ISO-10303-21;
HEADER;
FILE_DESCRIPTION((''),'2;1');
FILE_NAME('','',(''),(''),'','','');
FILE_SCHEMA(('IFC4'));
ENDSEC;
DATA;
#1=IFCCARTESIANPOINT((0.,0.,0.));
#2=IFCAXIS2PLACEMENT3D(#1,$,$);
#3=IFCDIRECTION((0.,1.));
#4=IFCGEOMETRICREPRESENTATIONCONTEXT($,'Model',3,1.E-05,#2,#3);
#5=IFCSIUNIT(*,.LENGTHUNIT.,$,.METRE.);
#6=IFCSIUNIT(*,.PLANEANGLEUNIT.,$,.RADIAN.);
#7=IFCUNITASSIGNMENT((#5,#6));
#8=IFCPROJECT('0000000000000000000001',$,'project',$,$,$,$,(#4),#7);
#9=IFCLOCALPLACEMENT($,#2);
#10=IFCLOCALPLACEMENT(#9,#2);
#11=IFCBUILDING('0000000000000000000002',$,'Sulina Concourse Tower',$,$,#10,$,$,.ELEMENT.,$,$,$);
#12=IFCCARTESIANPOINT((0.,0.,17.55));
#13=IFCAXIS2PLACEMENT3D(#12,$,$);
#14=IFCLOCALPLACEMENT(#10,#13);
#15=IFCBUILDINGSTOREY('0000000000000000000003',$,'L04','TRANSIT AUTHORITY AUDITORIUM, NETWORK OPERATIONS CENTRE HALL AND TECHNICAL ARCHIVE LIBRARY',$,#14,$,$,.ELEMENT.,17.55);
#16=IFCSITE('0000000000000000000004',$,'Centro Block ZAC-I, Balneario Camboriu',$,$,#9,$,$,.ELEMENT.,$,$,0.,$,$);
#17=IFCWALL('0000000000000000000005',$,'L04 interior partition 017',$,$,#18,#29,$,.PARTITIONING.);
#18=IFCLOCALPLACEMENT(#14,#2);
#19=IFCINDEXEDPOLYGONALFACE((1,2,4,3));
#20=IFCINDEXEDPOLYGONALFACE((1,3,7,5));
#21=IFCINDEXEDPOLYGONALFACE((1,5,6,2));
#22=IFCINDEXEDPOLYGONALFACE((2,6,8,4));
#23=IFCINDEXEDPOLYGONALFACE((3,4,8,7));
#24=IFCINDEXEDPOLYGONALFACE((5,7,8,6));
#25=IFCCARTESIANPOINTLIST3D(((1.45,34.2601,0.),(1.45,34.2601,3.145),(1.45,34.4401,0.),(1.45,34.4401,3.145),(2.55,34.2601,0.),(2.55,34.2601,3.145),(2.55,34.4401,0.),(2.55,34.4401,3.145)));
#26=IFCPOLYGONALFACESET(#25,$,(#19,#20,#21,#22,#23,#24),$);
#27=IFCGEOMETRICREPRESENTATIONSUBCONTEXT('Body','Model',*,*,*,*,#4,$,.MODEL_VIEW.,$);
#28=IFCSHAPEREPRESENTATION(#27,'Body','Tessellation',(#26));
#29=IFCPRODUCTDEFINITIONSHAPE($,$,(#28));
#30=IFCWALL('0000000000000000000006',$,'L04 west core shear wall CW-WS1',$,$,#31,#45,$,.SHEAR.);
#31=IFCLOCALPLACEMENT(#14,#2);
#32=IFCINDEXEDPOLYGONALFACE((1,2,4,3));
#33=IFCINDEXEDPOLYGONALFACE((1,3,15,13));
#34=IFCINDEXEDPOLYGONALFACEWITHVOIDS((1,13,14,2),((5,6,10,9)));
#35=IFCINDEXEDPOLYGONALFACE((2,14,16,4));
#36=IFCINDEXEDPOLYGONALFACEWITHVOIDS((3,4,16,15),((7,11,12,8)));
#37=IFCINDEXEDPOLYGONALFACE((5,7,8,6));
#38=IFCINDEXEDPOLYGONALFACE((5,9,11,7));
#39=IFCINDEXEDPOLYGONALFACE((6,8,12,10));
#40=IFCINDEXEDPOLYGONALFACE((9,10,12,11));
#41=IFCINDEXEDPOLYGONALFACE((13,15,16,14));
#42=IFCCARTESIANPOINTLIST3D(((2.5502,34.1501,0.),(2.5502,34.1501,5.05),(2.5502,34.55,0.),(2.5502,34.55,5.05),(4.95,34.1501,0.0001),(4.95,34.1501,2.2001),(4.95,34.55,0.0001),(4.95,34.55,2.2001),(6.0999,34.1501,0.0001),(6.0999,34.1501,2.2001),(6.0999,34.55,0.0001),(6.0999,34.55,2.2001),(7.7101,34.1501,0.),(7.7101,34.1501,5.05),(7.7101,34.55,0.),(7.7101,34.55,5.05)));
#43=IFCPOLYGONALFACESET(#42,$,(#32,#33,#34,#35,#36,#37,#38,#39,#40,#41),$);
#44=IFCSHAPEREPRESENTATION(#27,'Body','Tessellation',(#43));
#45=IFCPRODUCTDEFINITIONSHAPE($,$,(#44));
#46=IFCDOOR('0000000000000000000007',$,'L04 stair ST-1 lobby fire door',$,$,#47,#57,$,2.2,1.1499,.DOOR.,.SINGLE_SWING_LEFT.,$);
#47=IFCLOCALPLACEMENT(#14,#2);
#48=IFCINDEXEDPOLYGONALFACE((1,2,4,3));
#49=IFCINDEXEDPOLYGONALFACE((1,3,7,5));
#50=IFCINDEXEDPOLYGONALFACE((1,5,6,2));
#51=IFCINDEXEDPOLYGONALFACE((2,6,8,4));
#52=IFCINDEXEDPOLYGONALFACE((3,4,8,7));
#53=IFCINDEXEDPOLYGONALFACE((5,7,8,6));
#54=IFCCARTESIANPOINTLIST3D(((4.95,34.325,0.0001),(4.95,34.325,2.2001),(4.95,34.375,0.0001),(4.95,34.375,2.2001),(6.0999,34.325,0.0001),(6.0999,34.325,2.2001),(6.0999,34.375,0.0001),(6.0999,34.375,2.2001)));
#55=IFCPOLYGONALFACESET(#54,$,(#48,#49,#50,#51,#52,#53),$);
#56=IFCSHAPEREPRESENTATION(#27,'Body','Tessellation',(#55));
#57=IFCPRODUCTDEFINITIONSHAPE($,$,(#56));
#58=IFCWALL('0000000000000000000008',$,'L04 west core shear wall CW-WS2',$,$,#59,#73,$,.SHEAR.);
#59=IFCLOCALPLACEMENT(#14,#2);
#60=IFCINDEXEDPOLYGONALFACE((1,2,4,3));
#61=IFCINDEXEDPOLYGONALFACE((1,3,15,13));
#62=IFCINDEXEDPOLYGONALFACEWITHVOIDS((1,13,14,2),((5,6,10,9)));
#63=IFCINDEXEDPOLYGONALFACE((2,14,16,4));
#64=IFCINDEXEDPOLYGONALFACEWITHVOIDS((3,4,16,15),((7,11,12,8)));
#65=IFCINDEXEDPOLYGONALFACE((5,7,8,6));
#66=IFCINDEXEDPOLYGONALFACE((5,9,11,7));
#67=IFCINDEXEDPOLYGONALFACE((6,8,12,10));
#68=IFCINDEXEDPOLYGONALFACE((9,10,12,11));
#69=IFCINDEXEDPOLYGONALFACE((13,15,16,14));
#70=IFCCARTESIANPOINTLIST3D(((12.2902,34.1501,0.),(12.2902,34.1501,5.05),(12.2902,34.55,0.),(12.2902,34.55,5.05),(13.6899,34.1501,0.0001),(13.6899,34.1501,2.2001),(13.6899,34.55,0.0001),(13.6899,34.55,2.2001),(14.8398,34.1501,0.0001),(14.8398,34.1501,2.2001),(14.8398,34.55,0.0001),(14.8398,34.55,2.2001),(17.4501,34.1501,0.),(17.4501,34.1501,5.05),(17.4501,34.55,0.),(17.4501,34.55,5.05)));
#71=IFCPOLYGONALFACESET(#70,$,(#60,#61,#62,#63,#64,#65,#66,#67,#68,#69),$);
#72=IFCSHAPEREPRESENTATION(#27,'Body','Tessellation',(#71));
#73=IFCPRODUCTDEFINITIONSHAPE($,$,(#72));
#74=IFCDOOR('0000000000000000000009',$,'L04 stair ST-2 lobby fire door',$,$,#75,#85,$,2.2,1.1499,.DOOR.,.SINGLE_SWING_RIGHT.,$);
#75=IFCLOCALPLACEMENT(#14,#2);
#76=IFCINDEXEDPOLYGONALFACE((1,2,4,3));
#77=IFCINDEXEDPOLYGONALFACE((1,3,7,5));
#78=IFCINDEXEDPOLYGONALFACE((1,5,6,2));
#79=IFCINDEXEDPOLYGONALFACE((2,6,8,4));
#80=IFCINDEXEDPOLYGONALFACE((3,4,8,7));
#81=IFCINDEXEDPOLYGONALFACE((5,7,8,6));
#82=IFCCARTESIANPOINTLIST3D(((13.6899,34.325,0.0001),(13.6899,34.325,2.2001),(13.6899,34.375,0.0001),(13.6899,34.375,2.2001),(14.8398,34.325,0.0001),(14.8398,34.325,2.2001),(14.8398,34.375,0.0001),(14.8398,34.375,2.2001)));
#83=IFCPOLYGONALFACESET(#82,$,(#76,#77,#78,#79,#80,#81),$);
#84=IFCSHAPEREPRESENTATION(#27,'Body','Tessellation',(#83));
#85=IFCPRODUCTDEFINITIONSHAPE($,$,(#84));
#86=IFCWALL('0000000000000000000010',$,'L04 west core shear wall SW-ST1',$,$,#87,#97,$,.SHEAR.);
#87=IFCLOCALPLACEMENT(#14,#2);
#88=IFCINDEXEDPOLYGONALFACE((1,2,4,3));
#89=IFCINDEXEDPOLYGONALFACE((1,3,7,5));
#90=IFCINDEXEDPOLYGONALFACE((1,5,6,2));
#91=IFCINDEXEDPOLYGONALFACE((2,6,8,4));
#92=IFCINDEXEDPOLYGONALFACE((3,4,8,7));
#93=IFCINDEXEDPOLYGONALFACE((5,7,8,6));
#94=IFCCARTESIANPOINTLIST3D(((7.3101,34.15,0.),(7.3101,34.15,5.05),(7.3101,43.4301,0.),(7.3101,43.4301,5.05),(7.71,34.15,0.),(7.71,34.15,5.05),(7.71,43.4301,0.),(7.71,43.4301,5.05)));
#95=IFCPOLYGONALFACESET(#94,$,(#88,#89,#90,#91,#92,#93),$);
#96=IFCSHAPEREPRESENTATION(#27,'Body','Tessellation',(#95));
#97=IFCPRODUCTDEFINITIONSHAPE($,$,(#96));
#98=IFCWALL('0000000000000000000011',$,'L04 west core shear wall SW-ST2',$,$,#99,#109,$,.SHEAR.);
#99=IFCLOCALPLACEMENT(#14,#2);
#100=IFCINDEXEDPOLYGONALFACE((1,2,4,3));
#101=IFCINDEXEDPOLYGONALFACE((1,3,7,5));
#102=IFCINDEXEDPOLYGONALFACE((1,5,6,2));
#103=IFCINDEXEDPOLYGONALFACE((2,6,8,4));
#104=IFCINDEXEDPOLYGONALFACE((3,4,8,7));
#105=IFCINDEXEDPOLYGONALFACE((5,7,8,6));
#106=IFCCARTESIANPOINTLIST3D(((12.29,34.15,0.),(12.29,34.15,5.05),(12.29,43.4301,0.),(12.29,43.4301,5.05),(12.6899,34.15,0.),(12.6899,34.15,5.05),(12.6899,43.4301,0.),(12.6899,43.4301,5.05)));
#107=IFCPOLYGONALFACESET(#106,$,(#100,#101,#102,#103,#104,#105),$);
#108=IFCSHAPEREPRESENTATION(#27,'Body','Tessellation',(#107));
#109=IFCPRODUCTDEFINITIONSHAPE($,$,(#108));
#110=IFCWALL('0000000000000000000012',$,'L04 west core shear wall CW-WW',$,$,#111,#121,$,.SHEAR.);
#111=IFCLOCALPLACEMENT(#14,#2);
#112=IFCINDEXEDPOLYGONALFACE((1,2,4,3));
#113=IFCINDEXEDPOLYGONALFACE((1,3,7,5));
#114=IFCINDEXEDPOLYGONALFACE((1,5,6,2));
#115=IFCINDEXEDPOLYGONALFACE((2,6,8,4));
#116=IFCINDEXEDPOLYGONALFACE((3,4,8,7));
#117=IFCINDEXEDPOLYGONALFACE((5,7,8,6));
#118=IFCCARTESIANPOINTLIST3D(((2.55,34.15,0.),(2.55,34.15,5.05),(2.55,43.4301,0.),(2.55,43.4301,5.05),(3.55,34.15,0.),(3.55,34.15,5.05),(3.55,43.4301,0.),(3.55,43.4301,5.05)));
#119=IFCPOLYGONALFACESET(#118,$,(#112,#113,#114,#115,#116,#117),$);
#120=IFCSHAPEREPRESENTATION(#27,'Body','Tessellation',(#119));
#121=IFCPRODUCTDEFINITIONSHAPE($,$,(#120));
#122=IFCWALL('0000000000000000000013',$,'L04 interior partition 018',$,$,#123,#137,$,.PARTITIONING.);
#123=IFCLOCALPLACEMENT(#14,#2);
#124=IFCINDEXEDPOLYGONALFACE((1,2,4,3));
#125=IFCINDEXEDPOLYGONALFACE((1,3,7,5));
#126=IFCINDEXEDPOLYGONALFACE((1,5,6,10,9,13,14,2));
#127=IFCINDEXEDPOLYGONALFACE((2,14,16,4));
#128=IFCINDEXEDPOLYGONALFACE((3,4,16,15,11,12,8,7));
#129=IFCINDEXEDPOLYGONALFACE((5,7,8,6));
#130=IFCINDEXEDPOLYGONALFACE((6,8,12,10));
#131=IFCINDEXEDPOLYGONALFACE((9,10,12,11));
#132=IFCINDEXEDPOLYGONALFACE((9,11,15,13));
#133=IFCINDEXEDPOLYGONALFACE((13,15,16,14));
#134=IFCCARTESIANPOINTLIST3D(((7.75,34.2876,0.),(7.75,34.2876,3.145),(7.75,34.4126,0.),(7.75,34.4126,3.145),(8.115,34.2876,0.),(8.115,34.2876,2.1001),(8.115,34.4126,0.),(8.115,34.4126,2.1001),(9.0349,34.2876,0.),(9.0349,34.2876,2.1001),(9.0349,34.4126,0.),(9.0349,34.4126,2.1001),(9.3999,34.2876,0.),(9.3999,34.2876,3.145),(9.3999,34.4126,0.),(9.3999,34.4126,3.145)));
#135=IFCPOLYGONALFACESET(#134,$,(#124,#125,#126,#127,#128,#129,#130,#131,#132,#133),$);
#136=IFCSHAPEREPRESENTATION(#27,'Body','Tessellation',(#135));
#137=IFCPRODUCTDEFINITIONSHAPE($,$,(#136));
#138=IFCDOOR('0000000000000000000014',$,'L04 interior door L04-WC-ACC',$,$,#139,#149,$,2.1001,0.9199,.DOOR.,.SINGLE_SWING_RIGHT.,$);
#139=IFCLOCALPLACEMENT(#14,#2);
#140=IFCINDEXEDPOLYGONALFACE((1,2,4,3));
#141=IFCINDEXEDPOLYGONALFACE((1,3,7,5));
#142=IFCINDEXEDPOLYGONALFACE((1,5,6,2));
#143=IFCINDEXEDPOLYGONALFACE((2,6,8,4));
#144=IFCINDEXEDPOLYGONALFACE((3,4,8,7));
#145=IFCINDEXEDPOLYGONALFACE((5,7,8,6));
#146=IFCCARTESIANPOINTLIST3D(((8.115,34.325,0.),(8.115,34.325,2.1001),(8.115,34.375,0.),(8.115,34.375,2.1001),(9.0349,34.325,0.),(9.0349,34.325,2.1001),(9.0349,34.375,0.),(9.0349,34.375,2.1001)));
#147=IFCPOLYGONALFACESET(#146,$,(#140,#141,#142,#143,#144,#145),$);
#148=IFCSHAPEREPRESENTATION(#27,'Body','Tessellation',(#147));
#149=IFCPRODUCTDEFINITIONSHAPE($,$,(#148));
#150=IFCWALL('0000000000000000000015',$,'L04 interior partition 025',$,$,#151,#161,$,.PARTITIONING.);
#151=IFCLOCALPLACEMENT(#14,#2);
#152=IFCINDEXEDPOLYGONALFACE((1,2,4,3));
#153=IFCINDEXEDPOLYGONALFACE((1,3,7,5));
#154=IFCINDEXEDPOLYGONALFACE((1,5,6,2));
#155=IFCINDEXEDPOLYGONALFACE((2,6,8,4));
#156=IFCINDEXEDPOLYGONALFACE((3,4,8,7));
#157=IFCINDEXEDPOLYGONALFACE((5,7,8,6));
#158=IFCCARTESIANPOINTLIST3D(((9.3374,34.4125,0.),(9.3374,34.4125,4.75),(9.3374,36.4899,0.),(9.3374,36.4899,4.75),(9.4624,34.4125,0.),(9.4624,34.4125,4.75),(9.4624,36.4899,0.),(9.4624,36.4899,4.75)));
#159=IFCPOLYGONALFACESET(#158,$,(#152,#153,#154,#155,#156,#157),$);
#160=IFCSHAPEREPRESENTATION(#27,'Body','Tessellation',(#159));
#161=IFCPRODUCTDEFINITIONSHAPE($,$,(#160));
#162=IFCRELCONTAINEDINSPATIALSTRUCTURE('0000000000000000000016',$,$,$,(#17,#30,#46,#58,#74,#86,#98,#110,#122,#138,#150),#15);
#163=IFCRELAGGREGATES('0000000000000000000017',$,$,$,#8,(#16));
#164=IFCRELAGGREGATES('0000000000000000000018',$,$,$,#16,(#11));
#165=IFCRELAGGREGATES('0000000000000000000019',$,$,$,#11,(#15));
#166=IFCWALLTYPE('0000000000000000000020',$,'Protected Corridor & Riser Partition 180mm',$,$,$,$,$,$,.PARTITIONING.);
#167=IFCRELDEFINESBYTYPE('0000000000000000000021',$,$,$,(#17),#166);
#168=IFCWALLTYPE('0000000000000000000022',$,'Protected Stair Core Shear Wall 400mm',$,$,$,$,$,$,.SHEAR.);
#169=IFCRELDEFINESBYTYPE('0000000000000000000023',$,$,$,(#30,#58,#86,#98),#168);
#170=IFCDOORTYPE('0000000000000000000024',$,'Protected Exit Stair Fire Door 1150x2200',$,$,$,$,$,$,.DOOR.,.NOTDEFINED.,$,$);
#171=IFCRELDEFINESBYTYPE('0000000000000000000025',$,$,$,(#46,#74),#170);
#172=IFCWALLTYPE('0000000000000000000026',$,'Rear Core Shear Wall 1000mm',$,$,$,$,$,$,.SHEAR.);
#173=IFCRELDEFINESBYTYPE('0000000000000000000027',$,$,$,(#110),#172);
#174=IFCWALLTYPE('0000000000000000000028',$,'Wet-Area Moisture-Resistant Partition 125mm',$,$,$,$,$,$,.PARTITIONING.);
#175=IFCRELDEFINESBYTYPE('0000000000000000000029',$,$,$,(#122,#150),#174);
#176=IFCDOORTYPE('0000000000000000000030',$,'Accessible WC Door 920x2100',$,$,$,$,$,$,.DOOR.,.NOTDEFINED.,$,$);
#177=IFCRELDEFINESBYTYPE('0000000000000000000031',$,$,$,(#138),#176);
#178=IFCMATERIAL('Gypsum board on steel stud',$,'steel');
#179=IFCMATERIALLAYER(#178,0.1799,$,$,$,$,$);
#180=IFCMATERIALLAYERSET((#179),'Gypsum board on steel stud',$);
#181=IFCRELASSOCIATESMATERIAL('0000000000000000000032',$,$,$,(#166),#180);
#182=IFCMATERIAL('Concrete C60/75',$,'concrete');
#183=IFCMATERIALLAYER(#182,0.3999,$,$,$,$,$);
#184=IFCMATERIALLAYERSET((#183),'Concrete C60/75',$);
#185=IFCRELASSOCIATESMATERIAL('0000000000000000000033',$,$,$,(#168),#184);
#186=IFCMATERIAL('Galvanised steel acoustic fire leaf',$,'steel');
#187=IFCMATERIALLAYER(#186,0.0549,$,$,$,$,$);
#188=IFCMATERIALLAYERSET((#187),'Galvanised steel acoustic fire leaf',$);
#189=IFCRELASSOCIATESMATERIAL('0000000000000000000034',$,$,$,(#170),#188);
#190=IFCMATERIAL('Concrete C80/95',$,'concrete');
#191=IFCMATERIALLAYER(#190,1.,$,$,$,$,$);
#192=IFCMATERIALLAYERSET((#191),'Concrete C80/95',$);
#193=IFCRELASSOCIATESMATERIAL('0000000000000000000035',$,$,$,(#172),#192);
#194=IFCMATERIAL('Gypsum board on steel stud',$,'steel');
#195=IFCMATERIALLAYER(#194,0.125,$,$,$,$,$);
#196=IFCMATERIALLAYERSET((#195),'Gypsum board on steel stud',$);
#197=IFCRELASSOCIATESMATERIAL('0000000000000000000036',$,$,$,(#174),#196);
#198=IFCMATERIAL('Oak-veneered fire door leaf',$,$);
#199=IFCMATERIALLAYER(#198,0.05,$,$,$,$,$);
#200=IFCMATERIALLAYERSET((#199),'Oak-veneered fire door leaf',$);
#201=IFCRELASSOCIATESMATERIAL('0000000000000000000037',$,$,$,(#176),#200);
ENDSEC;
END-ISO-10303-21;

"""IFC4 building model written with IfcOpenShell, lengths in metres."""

from ifc_helpers import new_model, si_unit, direction, frame, frame_2d, origin, place, context, subcontext, project, spatial, rectangle, extrude, material, layer, layer_set, type_object, element, fill, save


model = new_model("IFC4")

# Units and contexts
model_context = context("Model", 3, precision=1e-05, world=origin(), true_north=direction((0.0, 1.0)))
body_context = subcontext(model_context, "Body", "Model", "MODEL_VIEW")
ifc_project = project(units=[si_unit("LENGTHUNIT", "METRE"), si_unit("PLANEANGLEUNIT", "RADIAN")], contexts=[model_context])

# Site, building, storey
site_placement = place(None, origin())
site = spatial("IfcSite", under=ifc_project, at=site_placement, Name="Centro Block ZAC-I, Balneario Camboriu", CompositionType="ELEMENT", RefElevation=0.0)
building_placement = place(site_placement, origin())
building = spatial("IfcBuilding", under=site, at=building_placement, Name="Sulina Concourse Tower", CompositionType="ELEMENT")
storey_placement = place(building_placement, frame((0.0, 0.0, 17.55)))
storey = spatial("IfcBuildingStorey", under=building, at=storey_placement, Name="L04", Description="TRANSIT AUTHORITY AUDITORIUM, NETWORK OPERATIONS CENTRE HALL AND TECHNICAL ARCHIVE LIBRARY", CompositionType="ELEMENT", Elevation=17.55)

# Wall
ifc_material_1 = material(Name="Gypsum board on steel stud", Category="steel")
ifc_layer_1 = layer(ifc_material_1, 0.1799)
ifc_layer_set_1 = layer_set([ifc_layer_1], Name="Gypsum board on steel stud")
wall_type_1 = type_object("IfcWallType", Name="Protected Corridor & Riser Partition 180mm", PredefinedType="PARTITIONING", material=ifc_layer_set_1)
wall_1_placement = place(storey_placement, frame((1.45, 34.3501, 0.0), z_axis=(0.0, 0.0, 1.0), x_axis=(1.0, 0.0, 0.0)))
element("IfcWall", 1, at=wall_1_placement, inside=storey, type_object=wall_type_1, Name="L04 interior partition 017", PredefinedType="PARTITIONING", context=body_context, shape_type="SweptSolid", body=[
    extrude(rectangle(XDim=1.1001, YDim=0.1799, at=frame_2d((0.55, 0.0))), origin(), (0.0, 0.0, 1.0), 3.145),
])

# Walls, openings, doors
ifc_material_2 = material(Name="Concrete C60/75", Category="concrete")
ifc_layer_2 = layer(ifc_material_2, 0.3999)
ifc_layer_set_2 = layer_set([ifc_layer_2], Name="Concrete C60/75")
wall_type_2 = type_object("IfcWallType", Name="Protected Stair Core Shear Wall 400mm", PredefinedType="SHEAR", material=ifc_layer_set_2)
wall_2_placement = place(storey_placement, frame((2.55, 34.3501, 0.0), z_axis=(0.0, 0.0, 1.0), x_axis=(1.0, 0.0, 0.0)))
wall_2 = element("IfcWall", 2, at=wall_2_placement, inside=storey, type_object=wall_type_2, Name="L04 west core shear wall CW-WS1", PredefinedType="SHEAR", context=body_context, shape_type="SweptSolid", body=[
    extrude(rectangle(XDim=5.1599, YDim=0.3999, at=frame_2d((2.5801, 0.0))), origin(), (0.0, 0.0, 1.0), 5.05),
])
opening_1_placement = place(wall_2_placement, frame((2.3999, 0.0, 0.0)))
opening_1 = element("IfcOpeningElement", 3, at=opening_1_placement, cuts=wall_2, PredefinedType="OPENING", context=body_context, shape_type="SweptSolid", body=[
    extrude(rectangle(XDim=1.1499, YDim=2.2, at=frame_2d((0.575, 1.1001))), frame((0.0, 0.21, 0.0), z_axis=(0.0, -1.0, 0.0), x_axis=(1.0, 0.0, 0.0)), (0.0, 0.0, 1.0), 0.4199),
])
ifc_material_3 = material(Name="Galvanised steel acoustic fire leaf", Category="steel")
ifc_layer_3 = layer(ifc_material_3, 0.0549)
ifc_layer_set_3 = layer_set([ifc_layer_3], Name="Galvanised steel acoustic fire leaf")
door_type_1 = type_object("IfcDoorType", Name="Protected Exit Stair Fire Door 1150x2200", OperationType="NOTDEFINED", PredefinedType="DOOR", material=ifc_layer_set_3)
door_1_placement = place(opening_1_placement, origin())
door_1 = element("IfcDoor", 4, at=door_1_placement, inside=storey, type_object=door_type_1, Name="L04 stair ST-1 lobby fire door", OperationType="SINGLE_SWING_LEFT", OverallHeight=2.2, OverallWidth=1.1499, PredefinedType="DOOR", context=body_context, shape_type="SweptSolid", body=[
    extrude(rectangle(XDim=1.1499, YDim=2.2, at=frame_2d((0.575, 1.1001))), frame((0.0, 0.0249, 0.0), z_axis=(0.0, -1.0, 0.0), x_axis=(1.0, 0.0, 0.0)), (0.0, 0.0, 1.0), 0.05),
])
fill(opening_1, door_1)
wall_3_placement = place(storey_placement, frame((12.29, 34.3501, 0.0), z_axis=(0.0, 0.0, 1.0), x_axis=(1.0, 0.0, 0.0)))
wall_3 = element("IfcWall", 5, at=wall_3_placement, inside=storey, type_object=wall_type_2, Name="L04 west core shear wall CW-WS2", PredefinedType="SHEAR", context=body_context, shape_type="SweptSolid", body=[
    extrude(rectangle(XDim=5.1599, YDim=0.3999, at=frame_2d((2.5801, 0.0))), origin(), (0.0, 0.0, 1.0), 5.05),
])
opening_2_placement = place(wall_3_placement, frame((1.3999, 0.0, 0.0)))
opening_2 = element("IfcOpeningElement", 6, at=opening_2_placement, cuts=wall_3, PredefinedType="OPENING", context=body_context, shape_type="SweptSolid", body=[
    extrude(rectangle(XDim=1.1499, YDim=2.2, at=frame_2d((0.575, 1.1001))), frame((0.0, 0.21, 0.0), z_axis=(0.0, -1.0, 0.0), x_axis=(1.0, 0.0, 0.0)), (0.0, 0.0, 1.0), 0.4199),
])
door_2_placement = place(opening_2_placement, origin())
door_2 = element("IfcDoor", 7, at=door_2_placement, inside=storey, type_object=door_type_1, Name="L04 stair ST-2 lobby fire door", OperationType="SINGLE_SWING_RIGHT", OverallHeight=2.2, OverallWidth=1.1499, PredefinedType="DOOR", context=body_context, shape_type="SweptSolid", body=[
    extrude(rectangle(XDim=1.1499, YDim=2.2, at=frame_2d((0.575, 1.1001))), frame((0.0, 0.0249, 0.0), z_axis=(0.0, -1.0, 0.0), x_axis=(1.0, 0.0, 0.0)), (0.0, 0.0, 1.0), 0.05),
])
fill(opening_2, door_2)

# Walls
for number, where, z_axis, x_axis, name in (
    (8, (7.51, 34.1499, 0.0), (0.0, 0.0, 1.0), (0.0, 1.0, 0.0), "L04 west core shear wall SW-ST1"),
    (9, (12.49, 34.1499, 0.0), (0.0, 0.0, 1.0), (0.0, 1.0, 0.0), "L04 west core shear wall SW-ST2"),
):
    element("IfcWall", number, at=place(storey_placement, frame(where, z_axis=z_axis, x_axis=x_axis)), inside=storey, type_object=wall_type_2, Name=name, PredefinedType="SHEAR", context=body_context, shape_type="SweptSolid", body=[
        extrude(rectangle(XDim=9.28, YDim=0.3999, at=frame_2d((4.6401, 0.0))), origin(), (0.0, 0.0, 1.0), 5.05),
    ])
ifc_material_4 = material(Name="Concrete C80/95", Category="concrete")
ifc_layer_4 = layer(ifc_material_4, 1.0)
ifc_layer_set_4 = layer_set([ifc_layer_4], Name="Concrete C80/95")
wall_type_3 = type_object("IfcWallType", Name="Rear Core Shear Wall 1000mm", PredefinedType="SHEAR", material=ifc_layer_set_4)
wall_4_placement = place(storey_placement, frame((3.05, 34.1499, 0.0), z_axis=(0.0, 0.0, 1.0), x_axis=(0.0, 1.0, 0.0)))
element("IfcWall", 10, at=wall_4_placement, inside=storey, type_object=wall_type_3, Name="L04 west core shear wall CW-WW", PredefinedType="SHEAR", context=body_context, shape_type="SweptSolid", body=[
    extrude(rectangle(XDim=9.28, YDim=1.0, at=frame_2d((4.6401, 0.0))), origin(), (0.0, 0.0, 1.0), 5.05),
])

# Wall, opening, door
ifc_material_5 = material(Name="Gypsum board on steel stud", Category="steel")
ifc_layer_5 = layer(ifc_material_5, 0.125)
ifc_layer_set_5 = layer_set([ifc_layer_5], Name="Gypsum board on steel stud")
wall_type_4 = type_object("IfcWallType", Name="Wet-Area Moisture-Resistant Partition 125mm", PredefinedType="PARTITIONING", material=ifc_layer_set_5)
wall_5_placement = place(storey_placement, frame((7.75, 34.3501, 0.0), z_axis=(0.0, 0.0, 1.0), x_axis=(1.0, 0.0, 0.0)))
wall_5 = element("IfcWall", 11, at=wall_5_placement, inside=storey, type_object=wall_type_4, Name="L04 interior partition 018", PredefinedType="PARTITIONING", context=body_context, shape_type="SweptSolid", body=[
    extrude(rectangle(XDim=1.6499, YDim=0.125, at=frame_2d((0.825, 0.0))), origin(), (0.0, 0.0, 1.0), 3.145),
])
opening_3_placement = place(wall_5_placement, frame((0.365, 0.0, 0.0)))
opening_3 = element("IfcOpeningElement", 12, at=opening_3_placement, cuts=wall_5, PredefinedType="OPENING", context=body_context, shape_type="SweptSolid", body=[
    extrude(rectangle(XDim=0.9199, YDim=2.1001, at=frame_2d((0.46, 1.05))), frame((0.0, 0.0725, 0.0), z_axis=(0.0, -1.0, 0.0), x_axis=(1.0, 0.0, 0.0)), (0.0, 0.0, 1.0), 0.145),
])
ifc_material_6 = material(Name="Oak-veneered fire door leaf")
ifc_layer_6 = layer(ifc_material_6, 0.05)
ifc_layer_set_6 = layer_set([ifc_layer_6], Name="Oak-veneered fire door leaf")
door_type_2 = type_object("IfcDoorType", Name="Accessible WC Door 920x2100", OperationType="NOTDEFINED", PredefinedType="DOOR", material=ifc_layer_set_6)
door_3_placement = place(opening_3_placement, origin())
door_3 = element("IfcDoor", 13, at=door_3_placement, inside=storey, type_object=door_type_2, Name="L04 interior door L04-WC-ACC", OperationType="SINGLE_SWING_RIGHT", OverallHeight=2.1001, OverallWidth=0.9199, PredefinedType="DOOR", context=body_context, shape_type="SweptSolid", body=[
    extrude(rectangle(XDim=0.9199, YDim=2.1001, at=frame_2d((0.46, 1.05))), frame((0.0, 0.0249, 0.0), z_axis=(0.0, -1.0, 0.0), x_axis=(1.0, 0.0, 0.0)), (0.0, 0.0, 1.0), 0.05),
])
fill(opening_3, door_3)

# Wall
wall_6_placement = place(storey_placement, frame((9.3999, 34.4126, 0.0), z_axis=(0.0, 0.0, 1.0), x_axis=(0.0, 1.0, 0.0)))
element("IfcWall", 14, at=wall_6_placement, inside=storey, type_object=wall_type_4, Name="L04 interior partition 025", PredefinedType="PARTITIONING", context=body_context, shape_type="SweptSolid", body=[
    extrude(rectangle(XDim=2.0774, YDim=0.125, at=frame_2d((1.0386, 0.0))), origin(), (0.0, 0.0, 1.0), 4.75),
])

save(model, "model.ifc")
